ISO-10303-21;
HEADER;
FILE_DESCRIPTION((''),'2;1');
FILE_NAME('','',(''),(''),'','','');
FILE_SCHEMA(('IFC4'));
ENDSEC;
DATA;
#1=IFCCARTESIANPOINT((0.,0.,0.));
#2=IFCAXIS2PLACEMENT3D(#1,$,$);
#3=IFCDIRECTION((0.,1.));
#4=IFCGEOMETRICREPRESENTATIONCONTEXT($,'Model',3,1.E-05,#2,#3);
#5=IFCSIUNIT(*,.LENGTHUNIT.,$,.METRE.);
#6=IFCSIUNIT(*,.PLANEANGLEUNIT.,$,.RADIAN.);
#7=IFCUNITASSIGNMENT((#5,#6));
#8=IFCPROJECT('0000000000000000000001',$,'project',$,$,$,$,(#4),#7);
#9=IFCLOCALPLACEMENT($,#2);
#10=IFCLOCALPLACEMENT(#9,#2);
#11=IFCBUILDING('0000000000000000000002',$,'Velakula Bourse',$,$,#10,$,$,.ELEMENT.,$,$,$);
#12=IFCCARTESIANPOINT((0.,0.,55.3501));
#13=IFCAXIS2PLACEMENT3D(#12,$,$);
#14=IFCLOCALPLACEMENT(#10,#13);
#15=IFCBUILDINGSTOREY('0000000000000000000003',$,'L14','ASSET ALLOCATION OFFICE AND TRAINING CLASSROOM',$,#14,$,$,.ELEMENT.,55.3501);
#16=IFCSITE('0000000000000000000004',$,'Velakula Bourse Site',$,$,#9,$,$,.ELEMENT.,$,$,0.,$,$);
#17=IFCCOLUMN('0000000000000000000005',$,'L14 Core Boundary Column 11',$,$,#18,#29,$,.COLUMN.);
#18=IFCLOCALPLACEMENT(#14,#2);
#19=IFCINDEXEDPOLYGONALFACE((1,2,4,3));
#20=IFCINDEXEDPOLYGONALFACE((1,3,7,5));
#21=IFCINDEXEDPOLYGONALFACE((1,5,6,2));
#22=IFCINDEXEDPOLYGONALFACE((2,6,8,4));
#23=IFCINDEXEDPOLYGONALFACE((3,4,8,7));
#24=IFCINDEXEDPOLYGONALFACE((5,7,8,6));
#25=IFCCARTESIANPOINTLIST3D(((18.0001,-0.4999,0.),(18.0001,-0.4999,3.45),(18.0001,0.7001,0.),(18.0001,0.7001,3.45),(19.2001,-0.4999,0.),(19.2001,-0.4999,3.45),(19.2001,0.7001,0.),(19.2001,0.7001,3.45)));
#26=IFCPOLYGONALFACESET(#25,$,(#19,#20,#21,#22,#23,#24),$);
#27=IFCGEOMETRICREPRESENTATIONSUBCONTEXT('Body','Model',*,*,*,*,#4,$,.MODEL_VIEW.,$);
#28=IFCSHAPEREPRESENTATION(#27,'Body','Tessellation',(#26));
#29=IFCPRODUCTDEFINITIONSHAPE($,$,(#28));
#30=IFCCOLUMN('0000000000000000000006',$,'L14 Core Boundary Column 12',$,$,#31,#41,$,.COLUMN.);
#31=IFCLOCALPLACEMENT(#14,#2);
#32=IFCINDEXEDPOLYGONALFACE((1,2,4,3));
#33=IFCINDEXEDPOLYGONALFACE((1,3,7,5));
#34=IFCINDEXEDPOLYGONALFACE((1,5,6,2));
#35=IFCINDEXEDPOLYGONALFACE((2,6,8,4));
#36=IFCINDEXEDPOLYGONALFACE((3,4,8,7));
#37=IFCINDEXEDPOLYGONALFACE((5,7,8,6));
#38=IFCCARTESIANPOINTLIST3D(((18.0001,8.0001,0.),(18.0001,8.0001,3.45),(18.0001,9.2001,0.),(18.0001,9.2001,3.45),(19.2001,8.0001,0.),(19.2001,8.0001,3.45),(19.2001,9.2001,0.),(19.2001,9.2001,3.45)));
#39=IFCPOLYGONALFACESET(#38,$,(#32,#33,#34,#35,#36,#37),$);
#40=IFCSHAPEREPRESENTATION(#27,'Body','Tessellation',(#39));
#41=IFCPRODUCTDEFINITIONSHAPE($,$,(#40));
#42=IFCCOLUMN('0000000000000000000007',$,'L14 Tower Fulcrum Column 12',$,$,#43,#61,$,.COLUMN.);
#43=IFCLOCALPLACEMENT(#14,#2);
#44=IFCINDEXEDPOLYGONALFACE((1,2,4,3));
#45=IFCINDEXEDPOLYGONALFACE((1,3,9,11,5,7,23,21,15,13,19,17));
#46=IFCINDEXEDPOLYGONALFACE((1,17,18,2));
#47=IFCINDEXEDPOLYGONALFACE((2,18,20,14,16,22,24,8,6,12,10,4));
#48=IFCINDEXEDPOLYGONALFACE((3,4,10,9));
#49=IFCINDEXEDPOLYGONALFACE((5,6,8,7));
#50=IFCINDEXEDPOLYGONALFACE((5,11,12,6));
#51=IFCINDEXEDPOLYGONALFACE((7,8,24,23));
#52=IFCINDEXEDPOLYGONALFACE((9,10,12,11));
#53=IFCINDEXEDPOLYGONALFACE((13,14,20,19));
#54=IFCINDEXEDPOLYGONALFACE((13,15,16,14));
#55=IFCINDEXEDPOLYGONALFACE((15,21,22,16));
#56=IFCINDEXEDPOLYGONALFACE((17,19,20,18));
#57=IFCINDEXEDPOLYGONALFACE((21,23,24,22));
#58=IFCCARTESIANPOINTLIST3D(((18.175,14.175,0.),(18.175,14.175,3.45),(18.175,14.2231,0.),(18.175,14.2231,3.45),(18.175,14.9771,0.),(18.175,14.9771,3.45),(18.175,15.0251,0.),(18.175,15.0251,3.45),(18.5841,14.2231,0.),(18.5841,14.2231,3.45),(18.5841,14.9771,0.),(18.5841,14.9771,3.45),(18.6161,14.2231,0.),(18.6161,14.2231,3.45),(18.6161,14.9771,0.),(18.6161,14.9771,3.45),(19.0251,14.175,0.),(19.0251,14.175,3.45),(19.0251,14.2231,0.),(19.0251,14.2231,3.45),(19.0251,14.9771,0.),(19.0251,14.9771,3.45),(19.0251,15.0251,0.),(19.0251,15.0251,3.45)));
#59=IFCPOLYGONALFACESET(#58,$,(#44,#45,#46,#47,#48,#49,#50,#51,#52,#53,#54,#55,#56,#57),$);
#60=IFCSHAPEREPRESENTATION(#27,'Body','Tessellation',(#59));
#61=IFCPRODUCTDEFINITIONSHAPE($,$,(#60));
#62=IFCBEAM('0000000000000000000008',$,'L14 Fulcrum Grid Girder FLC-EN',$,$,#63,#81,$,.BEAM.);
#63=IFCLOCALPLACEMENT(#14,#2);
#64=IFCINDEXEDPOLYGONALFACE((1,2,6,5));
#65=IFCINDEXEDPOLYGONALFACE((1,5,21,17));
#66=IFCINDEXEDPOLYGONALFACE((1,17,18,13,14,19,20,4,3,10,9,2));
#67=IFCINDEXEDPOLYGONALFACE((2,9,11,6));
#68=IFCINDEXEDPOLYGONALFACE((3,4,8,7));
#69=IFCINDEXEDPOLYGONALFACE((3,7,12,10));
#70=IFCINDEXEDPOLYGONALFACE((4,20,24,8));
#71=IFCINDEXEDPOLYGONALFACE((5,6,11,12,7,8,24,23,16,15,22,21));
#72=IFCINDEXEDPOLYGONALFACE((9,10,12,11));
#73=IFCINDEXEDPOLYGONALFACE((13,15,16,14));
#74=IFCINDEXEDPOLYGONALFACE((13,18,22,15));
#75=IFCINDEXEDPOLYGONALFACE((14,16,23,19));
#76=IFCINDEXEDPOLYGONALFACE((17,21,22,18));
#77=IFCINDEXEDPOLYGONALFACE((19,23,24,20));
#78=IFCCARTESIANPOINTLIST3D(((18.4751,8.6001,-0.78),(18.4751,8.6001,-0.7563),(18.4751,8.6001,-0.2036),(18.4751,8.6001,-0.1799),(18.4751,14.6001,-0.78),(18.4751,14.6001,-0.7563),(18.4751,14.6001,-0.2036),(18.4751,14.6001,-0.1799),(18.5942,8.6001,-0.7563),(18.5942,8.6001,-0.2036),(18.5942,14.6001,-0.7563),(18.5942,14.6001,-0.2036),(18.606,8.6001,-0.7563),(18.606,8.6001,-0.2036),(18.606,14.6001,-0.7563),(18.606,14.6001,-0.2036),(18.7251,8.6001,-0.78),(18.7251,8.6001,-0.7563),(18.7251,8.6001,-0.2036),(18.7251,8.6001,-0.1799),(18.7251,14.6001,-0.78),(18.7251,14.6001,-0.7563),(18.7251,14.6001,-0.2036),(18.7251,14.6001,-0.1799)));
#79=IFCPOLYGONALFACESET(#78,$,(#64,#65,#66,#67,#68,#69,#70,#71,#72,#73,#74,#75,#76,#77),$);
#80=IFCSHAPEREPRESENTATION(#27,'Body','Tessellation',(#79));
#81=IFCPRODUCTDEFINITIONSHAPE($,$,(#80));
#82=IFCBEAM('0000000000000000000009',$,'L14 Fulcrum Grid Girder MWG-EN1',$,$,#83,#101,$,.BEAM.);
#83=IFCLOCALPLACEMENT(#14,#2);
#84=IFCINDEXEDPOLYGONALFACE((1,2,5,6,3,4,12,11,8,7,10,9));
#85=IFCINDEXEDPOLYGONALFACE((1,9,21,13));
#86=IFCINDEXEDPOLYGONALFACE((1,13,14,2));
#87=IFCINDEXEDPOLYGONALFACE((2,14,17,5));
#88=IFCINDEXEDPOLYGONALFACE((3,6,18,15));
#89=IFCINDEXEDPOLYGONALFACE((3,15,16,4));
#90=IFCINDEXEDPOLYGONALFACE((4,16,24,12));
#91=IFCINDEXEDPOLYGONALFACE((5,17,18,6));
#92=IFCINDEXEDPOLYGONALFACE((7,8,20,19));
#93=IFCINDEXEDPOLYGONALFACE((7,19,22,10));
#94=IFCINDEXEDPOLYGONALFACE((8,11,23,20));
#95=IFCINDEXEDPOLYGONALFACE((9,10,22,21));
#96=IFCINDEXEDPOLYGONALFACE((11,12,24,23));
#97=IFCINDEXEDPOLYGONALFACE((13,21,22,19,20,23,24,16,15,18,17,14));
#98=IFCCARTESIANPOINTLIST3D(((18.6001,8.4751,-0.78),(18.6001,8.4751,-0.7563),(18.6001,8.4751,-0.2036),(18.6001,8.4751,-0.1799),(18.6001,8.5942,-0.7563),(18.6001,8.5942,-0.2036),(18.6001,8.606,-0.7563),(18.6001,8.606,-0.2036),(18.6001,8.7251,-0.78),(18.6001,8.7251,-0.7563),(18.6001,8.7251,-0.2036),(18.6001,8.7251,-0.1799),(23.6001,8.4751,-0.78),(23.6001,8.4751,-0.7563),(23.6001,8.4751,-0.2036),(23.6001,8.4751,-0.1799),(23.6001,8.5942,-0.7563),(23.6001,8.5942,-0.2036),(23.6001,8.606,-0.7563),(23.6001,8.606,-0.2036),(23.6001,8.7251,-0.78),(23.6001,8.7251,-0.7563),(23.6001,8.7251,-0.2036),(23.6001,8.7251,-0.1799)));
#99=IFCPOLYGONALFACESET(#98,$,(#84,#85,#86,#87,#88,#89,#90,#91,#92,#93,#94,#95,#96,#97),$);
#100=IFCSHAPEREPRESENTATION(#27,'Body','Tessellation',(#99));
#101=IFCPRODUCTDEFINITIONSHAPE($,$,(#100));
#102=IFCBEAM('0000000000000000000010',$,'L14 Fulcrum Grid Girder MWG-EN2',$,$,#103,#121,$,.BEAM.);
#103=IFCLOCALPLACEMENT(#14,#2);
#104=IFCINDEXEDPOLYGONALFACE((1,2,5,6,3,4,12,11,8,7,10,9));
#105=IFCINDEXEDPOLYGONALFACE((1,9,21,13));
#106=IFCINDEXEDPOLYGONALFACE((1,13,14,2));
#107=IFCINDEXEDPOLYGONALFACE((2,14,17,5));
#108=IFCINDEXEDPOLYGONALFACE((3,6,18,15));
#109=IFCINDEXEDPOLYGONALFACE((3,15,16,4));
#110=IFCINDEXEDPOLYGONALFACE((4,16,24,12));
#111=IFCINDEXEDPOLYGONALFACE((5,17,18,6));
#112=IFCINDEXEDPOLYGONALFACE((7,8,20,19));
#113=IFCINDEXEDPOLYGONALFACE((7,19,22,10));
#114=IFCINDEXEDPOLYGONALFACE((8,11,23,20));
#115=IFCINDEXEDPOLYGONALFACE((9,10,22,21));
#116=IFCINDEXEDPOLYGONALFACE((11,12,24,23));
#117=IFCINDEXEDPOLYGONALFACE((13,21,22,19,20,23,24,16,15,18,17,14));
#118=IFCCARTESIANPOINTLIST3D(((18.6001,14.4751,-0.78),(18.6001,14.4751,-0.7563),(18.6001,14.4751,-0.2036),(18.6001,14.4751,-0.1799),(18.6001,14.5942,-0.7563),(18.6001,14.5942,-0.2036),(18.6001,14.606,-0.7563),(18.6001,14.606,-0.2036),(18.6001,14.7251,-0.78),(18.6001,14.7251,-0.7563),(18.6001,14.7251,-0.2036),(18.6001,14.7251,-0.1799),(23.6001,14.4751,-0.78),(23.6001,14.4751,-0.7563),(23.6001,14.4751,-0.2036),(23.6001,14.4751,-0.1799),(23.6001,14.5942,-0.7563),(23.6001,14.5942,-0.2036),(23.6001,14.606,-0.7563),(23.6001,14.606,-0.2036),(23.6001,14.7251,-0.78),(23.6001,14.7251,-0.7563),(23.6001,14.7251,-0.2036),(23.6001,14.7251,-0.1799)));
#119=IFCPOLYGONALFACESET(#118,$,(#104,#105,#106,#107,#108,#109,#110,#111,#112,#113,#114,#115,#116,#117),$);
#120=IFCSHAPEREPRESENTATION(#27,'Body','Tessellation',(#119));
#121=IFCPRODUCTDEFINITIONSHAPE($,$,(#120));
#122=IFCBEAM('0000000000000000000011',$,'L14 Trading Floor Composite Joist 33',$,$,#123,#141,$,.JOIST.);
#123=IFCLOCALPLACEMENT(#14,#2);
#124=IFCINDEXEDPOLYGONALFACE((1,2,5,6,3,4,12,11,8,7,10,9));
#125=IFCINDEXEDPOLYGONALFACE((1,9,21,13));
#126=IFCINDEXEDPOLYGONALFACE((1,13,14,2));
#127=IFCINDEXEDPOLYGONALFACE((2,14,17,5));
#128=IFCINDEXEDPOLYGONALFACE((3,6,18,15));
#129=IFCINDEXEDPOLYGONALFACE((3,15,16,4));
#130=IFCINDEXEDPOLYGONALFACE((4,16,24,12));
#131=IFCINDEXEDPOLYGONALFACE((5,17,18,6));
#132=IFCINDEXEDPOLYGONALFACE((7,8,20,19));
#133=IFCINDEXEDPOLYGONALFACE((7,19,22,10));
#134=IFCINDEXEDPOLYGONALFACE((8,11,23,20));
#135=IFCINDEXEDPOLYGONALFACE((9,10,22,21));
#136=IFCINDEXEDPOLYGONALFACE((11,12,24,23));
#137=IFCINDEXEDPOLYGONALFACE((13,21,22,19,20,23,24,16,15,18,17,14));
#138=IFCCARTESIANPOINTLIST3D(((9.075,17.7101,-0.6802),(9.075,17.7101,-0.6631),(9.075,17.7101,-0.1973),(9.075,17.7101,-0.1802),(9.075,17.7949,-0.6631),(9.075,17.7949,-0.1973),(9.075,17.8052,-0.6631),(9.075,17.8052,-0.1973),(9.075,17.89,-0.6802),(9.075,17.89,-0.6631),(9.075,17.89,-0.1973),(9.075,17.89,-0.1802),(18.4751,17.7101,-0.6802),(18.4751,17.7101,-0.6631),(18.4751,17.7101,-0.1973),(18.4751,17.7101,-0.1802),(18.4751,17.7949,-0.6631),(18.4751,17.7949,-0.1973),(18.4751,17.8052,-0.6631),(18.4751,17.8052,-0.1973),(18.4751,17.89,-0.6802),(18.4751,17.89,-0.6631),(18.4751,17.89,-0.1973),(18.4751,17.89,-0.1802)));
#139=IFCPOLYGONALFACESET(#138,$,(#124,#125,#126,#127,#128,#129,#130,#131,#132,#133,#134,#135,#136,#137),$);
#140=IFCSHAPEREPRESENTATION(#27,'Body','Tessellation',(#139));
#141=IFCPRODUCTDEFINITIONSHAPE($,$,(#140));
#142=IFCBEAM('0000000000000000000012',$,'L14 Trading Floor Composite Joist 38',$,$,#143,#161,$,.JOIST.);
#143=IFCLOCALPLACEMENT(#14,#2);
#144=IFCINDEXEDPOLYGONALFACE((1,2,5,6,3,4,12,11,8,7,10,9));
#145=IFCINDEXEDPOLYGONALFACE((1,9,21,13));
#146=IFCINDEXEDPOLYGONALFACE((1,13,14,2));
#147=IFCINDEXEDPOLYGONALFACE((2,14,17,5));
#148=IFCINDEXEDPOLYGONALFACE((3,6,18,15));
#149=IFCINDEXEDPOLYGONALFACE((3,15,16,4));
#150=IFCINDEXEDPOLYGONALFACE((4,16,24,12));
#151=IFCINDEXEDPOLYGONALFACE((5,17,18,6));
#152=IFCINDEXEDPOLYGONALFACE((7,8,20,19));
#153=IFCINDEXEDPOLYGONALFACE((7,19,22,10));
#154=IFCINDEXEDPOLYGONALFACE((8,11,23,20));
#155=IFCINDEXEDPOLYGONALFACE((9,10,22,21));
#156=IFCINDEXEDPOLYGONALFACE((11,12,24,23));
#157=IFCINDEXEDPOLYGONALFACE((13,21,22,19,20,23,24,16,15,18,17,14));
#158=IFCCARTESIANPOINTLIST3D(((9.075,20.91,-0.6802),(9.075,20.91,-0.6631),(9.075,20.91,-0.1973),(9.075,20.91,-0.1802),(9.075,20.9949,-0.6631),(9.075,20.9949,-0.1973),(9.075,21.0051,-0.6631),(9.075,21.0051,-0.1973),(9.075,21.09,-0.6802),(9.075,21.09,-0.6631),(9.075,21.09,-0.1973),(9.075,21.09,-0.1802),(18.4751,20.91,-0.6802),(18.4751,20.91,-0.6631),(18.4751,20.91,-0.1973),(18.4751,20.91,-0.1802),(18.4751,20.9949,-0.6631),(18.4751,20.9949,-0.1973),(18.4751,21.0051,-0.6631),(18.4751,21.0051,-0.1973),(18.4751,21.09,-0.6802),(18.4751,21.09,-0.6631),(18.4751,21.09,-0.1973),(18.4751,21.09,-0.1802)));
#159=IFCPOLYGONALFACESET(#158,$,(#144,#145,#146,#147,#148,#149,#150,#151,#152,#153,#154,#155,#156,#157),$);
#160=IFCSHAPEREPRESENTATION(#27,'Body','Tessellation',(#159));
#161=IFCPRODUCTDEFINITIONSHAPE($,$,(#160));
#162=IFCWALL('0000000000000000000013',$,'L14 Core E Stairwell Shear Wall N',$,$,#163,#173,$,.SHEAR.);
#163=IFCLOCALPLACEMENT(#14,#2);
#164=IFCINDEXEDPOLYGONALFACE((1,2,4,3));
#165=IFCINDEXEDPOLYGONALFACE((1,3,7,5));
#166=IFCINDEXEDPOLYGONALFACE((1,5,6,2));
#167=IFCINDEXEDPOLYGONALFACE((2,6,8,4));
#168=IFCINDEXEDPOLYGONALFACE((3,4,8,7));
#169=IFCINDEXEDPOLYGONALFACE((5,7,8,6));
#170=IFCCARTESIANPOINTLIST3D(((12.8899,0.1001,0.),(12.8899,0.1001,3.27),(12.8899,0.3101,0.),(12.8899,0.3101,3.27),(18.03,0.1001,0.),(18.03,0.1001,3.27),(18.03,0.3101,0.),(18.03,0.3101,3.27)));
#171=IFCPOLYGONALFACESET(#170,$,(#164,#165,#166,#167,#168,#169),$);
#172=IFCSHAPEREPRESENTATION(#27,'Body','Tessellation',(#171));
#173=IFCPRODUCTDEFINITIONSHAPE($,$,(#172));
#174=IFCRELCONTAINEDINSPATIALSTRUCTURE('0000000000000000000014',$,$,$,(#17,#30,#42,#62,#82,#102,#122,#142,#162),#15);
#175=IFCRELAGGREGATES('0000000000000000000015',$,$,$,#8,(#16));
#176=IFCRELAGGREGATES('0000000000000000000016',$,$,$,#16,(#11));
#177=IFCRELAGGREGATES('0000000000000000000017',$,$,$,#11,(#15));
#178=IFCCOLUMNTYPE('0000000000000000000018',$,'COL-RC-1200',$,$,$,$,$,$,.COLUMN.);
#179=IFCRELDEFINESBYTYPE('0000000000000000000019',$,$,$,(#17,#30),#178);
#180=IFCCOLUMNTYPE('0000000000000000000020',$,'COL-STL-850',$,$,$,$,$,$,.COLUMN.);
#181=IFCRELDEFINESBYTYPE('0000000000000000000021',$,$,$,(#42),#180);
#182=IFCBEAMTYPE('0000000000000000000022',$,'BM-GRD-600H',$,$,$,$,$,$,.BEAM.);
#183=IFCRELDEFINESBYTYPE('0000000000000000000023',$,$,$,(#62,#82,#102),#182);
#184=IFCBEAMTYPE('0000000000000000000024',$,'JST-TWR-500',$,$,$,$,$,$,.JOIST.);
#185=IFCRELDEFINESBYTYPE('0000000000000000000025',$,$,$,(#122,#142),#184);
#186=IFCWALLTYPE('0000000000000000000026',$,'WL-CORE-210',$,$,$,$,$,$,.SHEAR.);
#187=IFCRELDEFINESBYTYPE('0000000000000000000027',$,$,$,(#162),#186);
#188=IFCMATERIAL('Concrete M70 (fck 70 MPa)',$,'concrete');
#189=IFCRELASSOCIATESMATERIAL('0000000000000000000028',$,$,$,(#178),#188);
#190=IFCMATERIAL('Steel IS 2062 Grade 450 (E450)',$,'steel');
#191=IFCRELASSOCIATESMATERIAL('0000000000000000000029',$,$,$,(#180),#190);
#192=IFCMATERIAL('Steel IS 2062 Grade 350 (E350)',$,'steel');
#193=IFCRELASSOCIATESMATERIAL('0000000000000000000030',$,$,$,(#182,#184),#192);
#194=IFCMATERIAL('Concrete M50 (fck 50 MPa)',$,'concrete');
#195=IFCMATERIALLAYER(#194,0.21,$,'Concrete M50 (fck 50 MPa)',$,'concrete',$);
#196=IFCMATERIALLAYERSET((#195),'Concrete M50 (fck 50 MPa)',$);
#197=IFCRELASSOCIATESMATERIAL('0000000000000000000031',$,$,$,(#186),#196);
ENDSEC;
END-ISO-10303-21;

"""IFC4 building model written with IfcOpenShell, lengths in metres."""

from ifc_helpers import new_model, si_unit, direction, frame, frame_2d, origin, origin_2d, place, context, subcontext, project, spatial, rectangle, i_section, extrude, material, layer, layer_set, material_profile, profile_set, type_object, element, save


model = new_model("IFC4")

# Units and contexts
model_context = context("Model", 3, precision=1e-05, world=origin(), true_north=direction((0.0, 1.0)))
body_context = subcontext(model_context, "Body", "Model", "MODEL_VIEW")
ifc_project = project(units=[si_unit("LENGTHUNIT", "METRE"), si_unit("PLANEANGLEUNIT", "RADIAN")], contexts=[model_context])

# Site, building, storey
site_placement = place(None, origin())
site = spatial("IfcSite", under=ifc_project, at=site_placement, Name="Velakula Bourse Site", CompositionType="ELEMENT", RefElevation=0.0)
building_placement = place(site_placement, origin())
building = spatial("IfcBuilding", under=site, at=building_placement, Name="Velakula Bourse", CompositionType="ELEMENT")
storey_placement = place(building_placement, frame((0.0, 0.0, 55.3501)))
storey = spatial("IfcBuildingStorey", under=building, at=storey_placement, Name="L14", Description="ASSET ALLOCATION OFFICE AND TRAINING CLASSROOM", CompositionType="ELEMENT", Elevation=55.3501)

# Columns
ifc_material_1 = material(Name="Concrete M70 (fck 70 MPa)", Category="concrete")
ifc_material_profile_1 = material_profile(ifc_material_1, rectangle(XDim=1.2, YDim=1.2, at=origin_2d()), Name="Concrete M70 (fck 70 MPa)")
ifc_profile_set_1 = profile_set([ifc_material_profile_1], Name="Concrete M70 (fck 70 MPa)")
column_type_1 = type_object("IfcColumnType", Name="COL-RC-1200", PredefinedType="COLUMN", material=ifc_profile_set_1)
for number, where, z_axis, x_axis, name in (
    (1, (18.6001, 0.1001, 0.0), (0.0, 0.0, 1.0), (1.0, 0.0, 0.0), "L14 Core Boundary Column 11"),
    (2, (18.6001, 8.6001, 0.0), (0.0, 0.0, 1.0), (1.0, 0.0, 0.0), "L14 Core Boundary Column 12"),
):
    element("IfcColumn", number, at=place(storey_placement, frame(where, z_axis=z_axis, x_axis=x_axis)), inside=storey, type_object=column_type_1, Name=name, PredefinedType="COLUMN", context=body_context, shape_type="SweptSolid", body=[
        extrude(rectangle(XDim=1.2, YDim=1.2, at=origin_2d()), origin(), (0.0, 0.0, 1.0), 3.45),
    ])
ifc_material_2 = material(Name="Steel IS 2062 Grade 450 (E450)", Category="steel")
ifc_material_profile_2 = material_profile(ifc_material_2, i_section(OverallWidth=0.8501, OverallDepth=0.8501, WebThickness=0.032, FlangeThickness=0.0481, at=origin_2d()), Name="Steel IS 2062 Grade 450 (E450)")
ifc_profile_set_2 = profile_set([ifc_material_profile_2], Name="Steel IS 2062 Grade 450 (E450)")
column_type_2 = type_object("IfcColumnType", Name="COL-STL-850", PredefinedType="COLUMN", material=ifc_profile_set_2)
column_placement = place(storey_placement, frame((18.6001, 14.6001, 0.0), z_axis=(0.0, 0.0, 1.0), x_axis=(1.0, 0.0, 0.0)))
element("IfcColumn", 3, at=column_placement, inside=storey, type_object=column_type_2, Name="L14 Tower Fulcrum Column 12", PredefinedType="COLUMN", context=body_context, shape_type="SweptSolid", body=[
    extrude(i_section(OverallWidth=0.8501, OverallDepth=0.8501, WebThickness=0.032, FlangeThickness=0.0481, at=origin_2d()), origin(), (0.0, 0.0, 1.0), 3.45),
])

# Beams
ifc_material_3 = material(Name="Steel IS 2062 Grade 350 (E350)", Category="steel")
ifc_material_profile_3 = material_profile(ifc_material_3, i_section(OverallWidth=0.25, OverallDepth=0.6001, WebThickness=0.0117, FlangeThickness=0.0237, at=origin_2d()), Name="Steel IS 2062 Grade 350 (E350)")
ifc_profile_set_3 = profile_set([ifc_material_profile_3], Name="Steel IS 2062 Grade 350 (E350)")
beam_type_1 = type_object("IfcBeamType", Name="BM-GRD-600H", PredefinedType="BEAM", material=ifc_profile_set_3)
beam_placement = place(storey_placement, frame((18.6001, 8.6001, -0.48), z_axis=(0.0, 1.0, 0.0), x_axis=(-1.0, 0.0, 0.0)))
element("IfcBeam", 4, at=beam_placement, inside=storey, type_object=beam_type_1, Name="L14 Fulcrum Grid Girder FLC-EN", PredefinedType="BEAM", context=body_context, shape_type="SweptSolid", body=[
    extrude(i_section(OverallWidth=0.25, OverallDepth=0.6001, WebThickness=0.0117, FlangeThickness=0.0237, at=origin_2d()), origin(), (0.0, 0.0, 1.0), 6.0),
])
for number, where, z_axis, x_axis, name in (
    (5, (18.6001, 8.6001, -0.48), (1.0, 0.0, 0.0), (0.0, 1.0, 0.0), "L14 Fulcrum Grid Girder MWG-EN1"),
    (6, (18.6001, 14.6001, -0.48), (1.0, 0.0, 0.0), (0.0, 1.0, 0.0), "L14 Fulcrum Grid Girder MWG-EN2"),
):
    element("IfcBeam", number, at=place(storey_placement, frame(where, z_axis=z_axis, x_axis=x_axis)), inside=storey, type_object=beam_type_1, Name=name, PredefinedType="BEAM", context=body_context, shape_type="SweptSolid", body=[
        extrude(i_section(OverallWidth=0.25, OverallDepth=0.6001, WebThickness=0.0117, FlangeThickness=0.0237, at=origin_2d()), origin(), (0.0, 0.0, 1.0), 5.0),
    ])
ifc_material_profile_4 = material_profile(ifc_material_3, i_section(OverallWidth=0.1799, OverallDepth=0.5, WebThickness=0.0103, FlangeThickness=0.0171, at=origin_2d()), Name="Steel IS 2062 Grade 350 (E350)")
ifc_profile_set_4 = profile_set([ifc_material_profile_4], Name="Steel IS 2062 Grade 350 (E350)")
beam_type_2 = type_object("IfcBeamType", Name="JST-TWR-500", PredefinedType="JOIST", material=ifc_profile_set_4)
for number, where, z_axis, x_axis, name in (
    (7, (9.075, 17.8, -0.4302), (1.0, 0.0, 0.0), (0.0, 1.0, 0.0), "L14 Trading Floor Composite Joist 33"),
    (8, (9.075, 21.0, -0.4302), (1.0, 0.0, 0.0), (0.0, 1.0, 0.0), "L14 Trading Floor Composite Joist 38"),
):
    element("IfcBeam", number, at=place(storey_placement, frame(where, z_axis=z_axis, x_axis=x_axis)), inside=storey, type_object=beam_type_2, Name=name, PredefinedType="JOIST", context=body_context, shape_type="SweptSolid", body=[
        extrude(i_section(OverallWidth=0.1799, OverallDepth=0.5, WebThickness=0.0103, FlangeThickness=0.0171, at=origin_2d()), origin(), (0.0, 0.0, 1.0), 9.4001),
    ])

# Wall
ifc_material_4 = material(Name="Concrete M50 (fck 50 MPa)", Category="concrete")
ifc_layer_1 = layer(ifc_material_4, 0.21, Name="Concrete M50 (fck 50 MPa)", Category="concrete")
ifc_layer_set_1 = layer_set([ifc_layer_1], Name="Concrete M50 (fck 50 MPa)")
wall_type_1 = type_object("IfcWallType", Name="WL-CORE-210", PredefinedType="SHEAR", material=ifc_layer_set_1)
wall_1_placement = place(storey_placement, frame((18.03, 0.2051, 0.0), z_axis=(0.0, 0.0, 1.0), x_axis=(-1.0, 0.0, 0.0)))
element("IfcWall", 9, at=wall_1_placement, inside=storey, type_object=wall_type_1, Name="L14 Core E Stairwell Shear Wall N", PredefinedType="SHEAR", context=body_context, shape_type="SweptSolid", body=[
    extrude(rectangle(XDim=5.1401, YDim=0.21, at=frame_2d((2.5701, 0.0))), origin(), (0.0, 0.0, 1.0), 3.27),
])

save(model, "model.ifc")
